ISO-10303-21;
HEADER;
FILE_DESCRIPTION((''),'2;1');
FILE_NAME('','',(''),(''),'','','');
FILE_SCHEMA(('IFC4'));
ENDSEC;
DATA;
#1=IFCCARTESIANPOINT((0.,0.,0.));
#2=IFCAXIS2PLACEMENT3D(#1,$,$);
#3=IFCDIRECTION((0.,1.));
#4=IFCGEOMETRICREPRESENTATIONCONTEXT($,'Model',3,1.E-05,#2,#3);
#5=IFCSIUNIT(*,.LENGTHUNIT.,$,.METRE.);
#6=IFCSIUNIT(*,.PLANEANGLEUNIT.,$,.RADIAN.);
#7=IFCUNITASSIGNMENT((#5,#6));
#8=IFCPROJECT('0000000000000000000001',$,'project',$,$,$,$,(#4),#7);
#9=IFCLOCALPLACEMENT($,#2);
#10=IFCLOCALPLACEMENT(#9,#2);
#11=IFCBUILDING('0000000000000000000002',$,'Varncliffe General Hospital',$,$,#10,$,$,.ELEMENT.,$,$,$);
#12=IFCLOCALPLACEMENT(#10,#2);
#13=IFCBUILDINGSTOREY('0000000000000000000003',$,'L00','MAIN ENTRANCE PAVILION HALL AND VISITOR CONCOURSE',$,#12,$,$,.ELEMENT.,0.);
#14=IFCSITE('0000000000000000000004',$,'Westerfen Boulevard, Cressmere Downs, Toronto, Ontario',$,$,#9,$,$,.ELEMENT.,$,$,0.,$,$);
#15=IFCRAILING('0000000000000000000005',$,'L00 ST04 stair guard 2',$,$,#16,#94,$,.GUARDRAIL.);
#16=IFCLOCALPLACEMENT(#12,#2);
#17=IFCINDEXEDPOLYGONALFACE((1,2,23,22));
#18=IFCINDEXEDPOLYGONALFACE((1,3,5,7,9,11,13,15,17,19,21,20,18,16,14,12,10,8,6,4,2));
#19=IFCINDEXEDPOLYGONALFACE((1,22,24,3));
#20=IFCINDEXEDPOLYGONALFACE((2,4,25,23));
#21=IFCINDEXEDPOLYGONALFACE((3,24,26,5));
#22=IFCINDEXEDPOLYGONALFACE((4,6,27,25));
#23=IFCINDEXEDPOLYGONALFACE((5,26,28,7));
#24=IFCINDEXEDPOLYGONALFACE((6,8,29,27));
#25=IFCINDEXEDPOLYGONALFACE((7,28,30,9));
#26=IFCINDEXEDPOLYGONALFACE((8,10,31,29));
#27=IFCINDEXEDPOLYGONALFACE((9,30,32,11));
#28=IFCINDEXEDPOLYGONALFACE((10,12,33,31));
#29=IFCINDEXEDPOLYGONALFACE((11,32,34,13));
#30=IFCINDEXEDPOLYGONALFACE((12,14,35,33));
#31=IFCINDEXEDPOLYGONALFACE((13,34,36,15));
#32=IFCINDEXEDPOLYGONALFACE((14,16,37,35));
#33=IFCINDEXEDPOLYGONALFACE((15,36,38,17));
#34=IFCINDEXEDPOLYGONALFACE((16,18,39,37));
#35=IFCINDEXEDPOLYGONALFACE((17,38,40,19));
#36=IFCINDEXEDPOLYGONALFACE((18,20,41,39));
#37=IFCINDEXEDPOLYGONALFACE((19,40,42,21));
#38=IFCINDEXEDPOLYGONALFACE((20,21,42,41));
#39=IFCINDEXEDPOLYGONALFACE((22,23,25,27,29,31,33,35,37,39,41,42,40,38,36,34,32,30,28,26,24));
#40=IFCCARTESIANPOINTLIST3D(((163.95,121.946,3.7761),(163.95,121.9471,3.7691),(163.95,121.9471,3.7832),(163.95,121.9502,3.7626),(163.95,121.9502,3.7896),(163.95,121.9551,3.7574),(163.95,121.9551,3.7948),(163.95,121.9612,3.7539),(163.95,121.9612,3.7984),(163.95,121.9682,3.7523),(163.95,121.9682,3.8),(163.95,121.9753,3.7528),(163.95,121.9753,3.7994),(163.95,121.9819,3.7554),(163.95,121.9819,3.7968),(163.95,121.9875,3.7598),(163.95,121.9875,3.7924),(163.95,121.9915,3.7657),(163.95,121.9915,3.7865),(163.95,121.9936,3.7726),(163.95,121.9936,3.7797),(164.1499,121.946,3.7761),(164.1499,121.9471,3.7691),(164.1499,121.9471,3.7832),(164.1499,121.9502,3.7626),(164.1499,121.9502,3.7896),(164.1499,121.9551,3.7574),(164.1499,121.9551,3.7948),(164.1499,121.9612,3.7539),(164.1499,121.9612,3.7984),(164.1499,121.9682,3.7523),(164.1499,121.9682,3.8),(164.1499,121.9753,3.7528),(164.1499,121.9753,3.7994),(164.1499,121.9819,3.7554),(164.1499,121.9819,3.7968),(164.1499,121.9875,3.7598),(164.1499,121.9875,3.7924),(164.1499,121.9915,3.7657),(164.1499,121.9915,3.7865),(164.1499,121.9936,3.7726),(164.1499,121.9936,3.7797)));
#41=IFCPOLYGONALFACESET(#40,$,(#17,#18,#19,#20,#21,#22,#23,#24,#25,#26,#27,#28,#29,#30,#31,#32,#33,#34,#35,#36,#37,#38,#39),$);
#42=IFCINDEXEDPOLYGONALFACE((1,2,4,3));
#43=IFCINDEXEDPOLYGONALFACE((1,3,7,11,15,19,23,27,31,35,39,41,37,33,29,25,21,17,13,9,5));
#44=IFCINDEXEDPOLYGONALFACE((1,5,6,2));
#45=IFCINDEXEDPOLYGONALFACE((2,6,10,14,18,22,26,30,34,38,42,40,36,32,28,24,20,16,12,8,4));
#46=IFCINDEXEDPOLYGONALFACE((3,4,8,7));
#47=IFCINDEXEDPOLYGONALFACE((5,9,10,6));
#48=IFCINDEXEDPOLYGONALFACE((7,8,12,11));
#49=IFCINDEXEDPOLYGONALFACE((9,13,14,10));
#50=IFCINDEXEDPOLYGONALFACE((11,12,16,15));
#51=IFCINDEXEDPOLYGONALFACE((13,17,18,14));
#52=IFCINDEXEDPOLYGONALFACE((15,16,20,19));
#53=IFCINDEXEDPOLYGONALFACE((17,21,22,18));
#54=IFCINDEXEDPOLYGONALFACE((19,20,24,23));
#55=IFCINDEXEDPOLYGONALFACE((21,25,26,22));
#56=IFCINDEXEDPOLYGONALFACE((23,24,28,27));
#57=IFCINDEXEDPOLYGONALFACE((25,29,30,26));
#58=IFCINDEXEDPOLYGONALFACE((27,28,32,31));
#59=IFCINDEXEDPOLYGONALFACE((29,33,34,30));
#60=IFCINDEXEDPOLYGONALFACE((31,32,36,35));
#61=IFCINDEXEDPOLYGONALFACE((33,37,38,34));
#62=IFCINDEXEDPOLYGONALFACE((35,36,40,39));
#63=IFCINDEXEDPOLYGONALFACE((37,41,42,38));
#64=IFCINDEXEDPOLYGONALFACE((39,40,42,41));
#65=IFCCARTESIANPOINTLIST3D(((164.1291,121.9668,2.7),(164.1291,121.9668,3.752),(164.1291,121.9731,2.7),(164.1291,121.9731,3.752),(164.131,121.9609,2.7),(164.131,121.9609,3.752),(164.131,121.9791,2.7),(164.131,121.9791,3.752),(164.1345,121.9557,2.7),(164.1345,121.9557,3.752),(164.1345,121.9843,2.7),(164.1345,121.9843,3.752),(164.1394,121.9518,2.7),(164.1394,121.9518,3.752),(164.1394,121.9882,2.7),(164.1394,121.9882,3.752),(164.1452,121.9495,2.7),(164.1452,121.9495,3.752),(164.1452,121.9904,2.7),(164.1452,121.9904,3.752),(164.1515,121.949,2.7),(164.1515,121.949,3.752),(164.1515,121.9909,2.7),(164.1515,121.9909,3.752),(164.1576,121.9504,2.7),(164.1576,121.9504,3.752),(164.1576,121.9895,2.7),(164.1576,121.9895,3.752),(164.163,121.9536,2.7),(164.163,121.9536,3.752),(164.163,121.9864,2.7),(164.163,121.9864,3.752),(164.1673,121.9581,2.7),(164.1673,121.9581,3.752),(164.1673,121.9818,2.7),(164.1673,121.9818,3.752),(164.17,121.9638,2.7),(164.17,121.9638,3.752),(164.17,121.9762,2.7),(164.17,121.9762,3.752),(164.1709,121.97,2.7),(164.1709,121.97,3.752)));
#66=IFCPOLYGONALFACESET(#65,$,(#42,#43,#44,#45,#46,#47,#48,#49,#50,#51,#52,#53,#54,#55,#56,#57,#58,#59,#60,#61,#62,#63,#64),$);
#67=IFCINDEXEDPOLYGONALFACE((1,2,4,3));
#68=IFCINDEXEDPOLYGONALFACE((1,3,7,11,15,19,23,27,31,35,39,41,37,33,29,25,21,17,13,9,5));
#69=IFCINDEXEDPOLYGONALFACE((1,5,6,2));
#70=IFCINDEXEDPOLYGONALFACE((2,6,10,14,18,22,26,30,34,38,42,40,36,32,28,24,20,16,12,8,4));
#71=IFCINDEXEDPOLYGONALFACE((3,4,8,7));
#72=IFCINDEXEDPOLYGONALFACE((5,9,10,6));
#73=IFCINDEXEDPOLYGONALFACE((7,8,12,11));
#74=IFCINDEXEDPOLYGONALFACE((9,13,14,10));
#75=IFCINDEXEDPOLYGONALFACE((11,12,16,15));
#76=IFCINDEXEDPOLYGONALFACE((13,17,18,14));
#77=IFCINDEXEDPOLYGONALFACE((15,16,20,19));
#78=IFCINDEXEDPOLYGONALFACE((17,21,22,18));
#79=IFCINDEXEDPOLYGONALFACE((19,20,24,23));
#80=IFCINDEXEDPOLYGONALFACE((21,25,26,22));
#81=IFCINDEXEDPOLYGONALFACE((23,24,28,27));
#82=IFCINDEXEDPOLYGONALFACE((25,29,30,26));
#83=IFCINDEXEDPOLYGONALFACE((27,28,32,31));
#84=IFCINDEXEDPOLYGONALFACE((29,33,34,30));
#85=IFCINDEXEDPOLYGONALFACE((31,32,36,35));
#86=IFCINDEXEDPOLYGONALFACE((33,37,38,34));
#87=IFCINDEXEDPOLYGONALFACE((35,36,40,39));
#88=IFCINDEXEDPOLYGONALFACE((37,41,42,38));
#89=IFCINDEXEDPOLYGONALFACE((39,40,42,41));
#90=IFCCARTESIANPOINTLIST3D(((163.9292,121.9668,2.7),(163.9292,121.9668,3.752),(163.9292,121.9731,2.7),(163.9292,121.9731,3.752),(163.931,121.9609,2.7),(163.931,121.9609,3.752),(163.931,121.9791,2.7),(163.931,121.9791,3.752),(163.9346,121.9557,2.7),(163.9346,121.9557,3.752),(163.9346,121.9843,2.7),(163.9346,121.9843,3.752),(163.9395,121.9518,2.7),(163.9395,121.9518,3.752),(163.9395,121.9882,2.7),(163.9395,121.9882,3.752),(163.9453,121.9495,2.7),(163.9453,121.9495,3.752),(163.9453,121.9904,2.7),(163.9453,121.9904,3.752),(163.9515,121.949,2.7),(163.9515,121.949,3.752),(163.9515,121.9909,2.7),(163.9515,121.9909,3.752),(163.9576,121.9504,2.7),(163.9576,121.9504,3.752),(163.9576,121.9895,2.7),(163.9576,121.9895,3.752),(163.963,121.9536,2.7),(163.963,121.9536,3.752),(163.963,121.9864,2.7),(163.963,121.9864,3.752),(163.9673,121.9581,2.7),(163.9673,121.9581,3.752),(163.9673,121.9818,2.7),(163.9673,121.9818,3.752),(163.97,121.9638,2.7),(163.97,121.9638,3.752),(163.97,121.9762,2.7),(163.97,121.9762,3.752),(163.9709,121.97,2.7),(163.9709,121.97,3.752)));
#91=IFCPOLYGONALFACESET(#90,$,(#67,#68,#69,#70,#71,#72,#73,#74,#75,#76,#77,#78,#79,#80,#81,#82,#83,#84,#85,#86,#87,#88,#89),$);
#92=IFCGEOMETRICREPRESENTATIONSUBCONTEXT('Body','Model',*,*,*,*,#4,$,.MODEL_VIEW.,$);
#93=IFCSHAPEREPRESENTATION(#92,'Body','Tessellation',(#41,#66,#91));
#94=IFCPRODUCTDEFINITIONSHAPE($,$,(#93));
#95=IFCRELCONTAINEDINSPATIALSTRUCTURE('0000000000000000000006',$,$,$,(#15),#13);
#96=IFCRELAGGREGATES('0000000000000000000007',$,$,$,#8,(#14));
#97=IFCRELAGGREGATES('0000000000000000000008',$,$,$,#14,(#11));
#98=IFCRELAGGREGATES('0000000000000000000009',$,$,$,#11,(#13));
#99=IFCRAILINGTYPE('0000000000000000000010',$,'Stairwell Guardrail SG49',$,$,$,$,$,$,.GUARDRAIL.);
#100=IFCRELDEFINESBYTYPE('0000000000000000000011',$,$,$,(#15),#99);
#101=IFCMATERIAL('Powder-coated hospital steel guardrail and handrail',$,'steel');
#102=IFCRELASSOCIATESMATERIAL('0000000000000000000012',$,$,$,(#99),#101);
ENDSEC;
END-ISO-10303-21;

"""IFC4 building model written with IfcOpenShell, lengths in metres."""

from ifc_helpers import new_model, si_unit, direction, frame, origin, origin_2d, place, context, subcontext, project, spatial, circle, extrude, material, type_object, element, save


model = new_model("IFC4")

# Units and contexts
model_context = context("Model", 3, precision=1e-05, world=origin(), true_north=direction((0.0, 1.0)))
body_context = subcontext(model_context, "Body", "Model", "MODEL_VIEW")
ifc_project = project(units=[si_unit("LENGTHUNIT", "METRE"), si_unit("PLANEANGLEUNIT", "RADIAN")], contexts=[model_context])

# Site, building, storey
site_placement = place(None, origin())
site = spatial("IfcSite", under=ifc_project, at=site_placement, Name="Westerfen Boulevard, Cressmere Downs, Toronto, Ontario", CompositionType="ELEMENT", RefElevation=0.0)
building_placement = place(site_placement, origin())
building = spatial("IfcBuilding", under=site, at=building_placement, Name="Varncliffe General Hospital", CompositionType="ELEMENT")
storey_placement = place(building_placement, origin())
storey = spatial("IfcBuildingStorey", under=building, at=storey_placement, Name="L00", Description="MAIN ENTRANCE PAVILION HALL AND VISITOR CONCOURSE", CompositionType="ELEMENT", Elevation=0.0)

# Railing
ifc_material_1 = material(Name="Powder-coated hospital steel guardrail and handrail", Category="steel")
railing_type_1 = type_object("IfcRailingType", Name="Stairwell Guardrail SG49", PredefinedType="GUARDRAIL", material=ifc_material_1)
railing_1_placement = place(storey_placement, frame((164.1499, 121.97, 2.7)))
element("IfcRailing", 1, at=railing_1_placement, inside=storey, type_object=railing_type_1, Name="L00 ST04 stair guard 2", PredefinedType="GUARDRAIL", context=body_context, shape_type="SweptSolid", body=[
    extrude(circle(Radius=0.0239, at=origin_2d()), frame((0.0, 0.0, 1.0762), z_axis=(-1.0, 0.0, 0.0), x_axis=(0.0, -1.0, 0.0)), (0.0, 0.0, 1.0), 0.2),
    extrude(circle(Radius=0.021, at=origin_2d()), origin(), (0.0, 0.0, 1.0), 1.052),
    extrude(circle(Radius=0.021, at=origin_2d()), frame((-0.2, 0.0, 0.0)), (0.0, 0.0, 1.0), 1.052),
])

save(model, "model.ifc")
